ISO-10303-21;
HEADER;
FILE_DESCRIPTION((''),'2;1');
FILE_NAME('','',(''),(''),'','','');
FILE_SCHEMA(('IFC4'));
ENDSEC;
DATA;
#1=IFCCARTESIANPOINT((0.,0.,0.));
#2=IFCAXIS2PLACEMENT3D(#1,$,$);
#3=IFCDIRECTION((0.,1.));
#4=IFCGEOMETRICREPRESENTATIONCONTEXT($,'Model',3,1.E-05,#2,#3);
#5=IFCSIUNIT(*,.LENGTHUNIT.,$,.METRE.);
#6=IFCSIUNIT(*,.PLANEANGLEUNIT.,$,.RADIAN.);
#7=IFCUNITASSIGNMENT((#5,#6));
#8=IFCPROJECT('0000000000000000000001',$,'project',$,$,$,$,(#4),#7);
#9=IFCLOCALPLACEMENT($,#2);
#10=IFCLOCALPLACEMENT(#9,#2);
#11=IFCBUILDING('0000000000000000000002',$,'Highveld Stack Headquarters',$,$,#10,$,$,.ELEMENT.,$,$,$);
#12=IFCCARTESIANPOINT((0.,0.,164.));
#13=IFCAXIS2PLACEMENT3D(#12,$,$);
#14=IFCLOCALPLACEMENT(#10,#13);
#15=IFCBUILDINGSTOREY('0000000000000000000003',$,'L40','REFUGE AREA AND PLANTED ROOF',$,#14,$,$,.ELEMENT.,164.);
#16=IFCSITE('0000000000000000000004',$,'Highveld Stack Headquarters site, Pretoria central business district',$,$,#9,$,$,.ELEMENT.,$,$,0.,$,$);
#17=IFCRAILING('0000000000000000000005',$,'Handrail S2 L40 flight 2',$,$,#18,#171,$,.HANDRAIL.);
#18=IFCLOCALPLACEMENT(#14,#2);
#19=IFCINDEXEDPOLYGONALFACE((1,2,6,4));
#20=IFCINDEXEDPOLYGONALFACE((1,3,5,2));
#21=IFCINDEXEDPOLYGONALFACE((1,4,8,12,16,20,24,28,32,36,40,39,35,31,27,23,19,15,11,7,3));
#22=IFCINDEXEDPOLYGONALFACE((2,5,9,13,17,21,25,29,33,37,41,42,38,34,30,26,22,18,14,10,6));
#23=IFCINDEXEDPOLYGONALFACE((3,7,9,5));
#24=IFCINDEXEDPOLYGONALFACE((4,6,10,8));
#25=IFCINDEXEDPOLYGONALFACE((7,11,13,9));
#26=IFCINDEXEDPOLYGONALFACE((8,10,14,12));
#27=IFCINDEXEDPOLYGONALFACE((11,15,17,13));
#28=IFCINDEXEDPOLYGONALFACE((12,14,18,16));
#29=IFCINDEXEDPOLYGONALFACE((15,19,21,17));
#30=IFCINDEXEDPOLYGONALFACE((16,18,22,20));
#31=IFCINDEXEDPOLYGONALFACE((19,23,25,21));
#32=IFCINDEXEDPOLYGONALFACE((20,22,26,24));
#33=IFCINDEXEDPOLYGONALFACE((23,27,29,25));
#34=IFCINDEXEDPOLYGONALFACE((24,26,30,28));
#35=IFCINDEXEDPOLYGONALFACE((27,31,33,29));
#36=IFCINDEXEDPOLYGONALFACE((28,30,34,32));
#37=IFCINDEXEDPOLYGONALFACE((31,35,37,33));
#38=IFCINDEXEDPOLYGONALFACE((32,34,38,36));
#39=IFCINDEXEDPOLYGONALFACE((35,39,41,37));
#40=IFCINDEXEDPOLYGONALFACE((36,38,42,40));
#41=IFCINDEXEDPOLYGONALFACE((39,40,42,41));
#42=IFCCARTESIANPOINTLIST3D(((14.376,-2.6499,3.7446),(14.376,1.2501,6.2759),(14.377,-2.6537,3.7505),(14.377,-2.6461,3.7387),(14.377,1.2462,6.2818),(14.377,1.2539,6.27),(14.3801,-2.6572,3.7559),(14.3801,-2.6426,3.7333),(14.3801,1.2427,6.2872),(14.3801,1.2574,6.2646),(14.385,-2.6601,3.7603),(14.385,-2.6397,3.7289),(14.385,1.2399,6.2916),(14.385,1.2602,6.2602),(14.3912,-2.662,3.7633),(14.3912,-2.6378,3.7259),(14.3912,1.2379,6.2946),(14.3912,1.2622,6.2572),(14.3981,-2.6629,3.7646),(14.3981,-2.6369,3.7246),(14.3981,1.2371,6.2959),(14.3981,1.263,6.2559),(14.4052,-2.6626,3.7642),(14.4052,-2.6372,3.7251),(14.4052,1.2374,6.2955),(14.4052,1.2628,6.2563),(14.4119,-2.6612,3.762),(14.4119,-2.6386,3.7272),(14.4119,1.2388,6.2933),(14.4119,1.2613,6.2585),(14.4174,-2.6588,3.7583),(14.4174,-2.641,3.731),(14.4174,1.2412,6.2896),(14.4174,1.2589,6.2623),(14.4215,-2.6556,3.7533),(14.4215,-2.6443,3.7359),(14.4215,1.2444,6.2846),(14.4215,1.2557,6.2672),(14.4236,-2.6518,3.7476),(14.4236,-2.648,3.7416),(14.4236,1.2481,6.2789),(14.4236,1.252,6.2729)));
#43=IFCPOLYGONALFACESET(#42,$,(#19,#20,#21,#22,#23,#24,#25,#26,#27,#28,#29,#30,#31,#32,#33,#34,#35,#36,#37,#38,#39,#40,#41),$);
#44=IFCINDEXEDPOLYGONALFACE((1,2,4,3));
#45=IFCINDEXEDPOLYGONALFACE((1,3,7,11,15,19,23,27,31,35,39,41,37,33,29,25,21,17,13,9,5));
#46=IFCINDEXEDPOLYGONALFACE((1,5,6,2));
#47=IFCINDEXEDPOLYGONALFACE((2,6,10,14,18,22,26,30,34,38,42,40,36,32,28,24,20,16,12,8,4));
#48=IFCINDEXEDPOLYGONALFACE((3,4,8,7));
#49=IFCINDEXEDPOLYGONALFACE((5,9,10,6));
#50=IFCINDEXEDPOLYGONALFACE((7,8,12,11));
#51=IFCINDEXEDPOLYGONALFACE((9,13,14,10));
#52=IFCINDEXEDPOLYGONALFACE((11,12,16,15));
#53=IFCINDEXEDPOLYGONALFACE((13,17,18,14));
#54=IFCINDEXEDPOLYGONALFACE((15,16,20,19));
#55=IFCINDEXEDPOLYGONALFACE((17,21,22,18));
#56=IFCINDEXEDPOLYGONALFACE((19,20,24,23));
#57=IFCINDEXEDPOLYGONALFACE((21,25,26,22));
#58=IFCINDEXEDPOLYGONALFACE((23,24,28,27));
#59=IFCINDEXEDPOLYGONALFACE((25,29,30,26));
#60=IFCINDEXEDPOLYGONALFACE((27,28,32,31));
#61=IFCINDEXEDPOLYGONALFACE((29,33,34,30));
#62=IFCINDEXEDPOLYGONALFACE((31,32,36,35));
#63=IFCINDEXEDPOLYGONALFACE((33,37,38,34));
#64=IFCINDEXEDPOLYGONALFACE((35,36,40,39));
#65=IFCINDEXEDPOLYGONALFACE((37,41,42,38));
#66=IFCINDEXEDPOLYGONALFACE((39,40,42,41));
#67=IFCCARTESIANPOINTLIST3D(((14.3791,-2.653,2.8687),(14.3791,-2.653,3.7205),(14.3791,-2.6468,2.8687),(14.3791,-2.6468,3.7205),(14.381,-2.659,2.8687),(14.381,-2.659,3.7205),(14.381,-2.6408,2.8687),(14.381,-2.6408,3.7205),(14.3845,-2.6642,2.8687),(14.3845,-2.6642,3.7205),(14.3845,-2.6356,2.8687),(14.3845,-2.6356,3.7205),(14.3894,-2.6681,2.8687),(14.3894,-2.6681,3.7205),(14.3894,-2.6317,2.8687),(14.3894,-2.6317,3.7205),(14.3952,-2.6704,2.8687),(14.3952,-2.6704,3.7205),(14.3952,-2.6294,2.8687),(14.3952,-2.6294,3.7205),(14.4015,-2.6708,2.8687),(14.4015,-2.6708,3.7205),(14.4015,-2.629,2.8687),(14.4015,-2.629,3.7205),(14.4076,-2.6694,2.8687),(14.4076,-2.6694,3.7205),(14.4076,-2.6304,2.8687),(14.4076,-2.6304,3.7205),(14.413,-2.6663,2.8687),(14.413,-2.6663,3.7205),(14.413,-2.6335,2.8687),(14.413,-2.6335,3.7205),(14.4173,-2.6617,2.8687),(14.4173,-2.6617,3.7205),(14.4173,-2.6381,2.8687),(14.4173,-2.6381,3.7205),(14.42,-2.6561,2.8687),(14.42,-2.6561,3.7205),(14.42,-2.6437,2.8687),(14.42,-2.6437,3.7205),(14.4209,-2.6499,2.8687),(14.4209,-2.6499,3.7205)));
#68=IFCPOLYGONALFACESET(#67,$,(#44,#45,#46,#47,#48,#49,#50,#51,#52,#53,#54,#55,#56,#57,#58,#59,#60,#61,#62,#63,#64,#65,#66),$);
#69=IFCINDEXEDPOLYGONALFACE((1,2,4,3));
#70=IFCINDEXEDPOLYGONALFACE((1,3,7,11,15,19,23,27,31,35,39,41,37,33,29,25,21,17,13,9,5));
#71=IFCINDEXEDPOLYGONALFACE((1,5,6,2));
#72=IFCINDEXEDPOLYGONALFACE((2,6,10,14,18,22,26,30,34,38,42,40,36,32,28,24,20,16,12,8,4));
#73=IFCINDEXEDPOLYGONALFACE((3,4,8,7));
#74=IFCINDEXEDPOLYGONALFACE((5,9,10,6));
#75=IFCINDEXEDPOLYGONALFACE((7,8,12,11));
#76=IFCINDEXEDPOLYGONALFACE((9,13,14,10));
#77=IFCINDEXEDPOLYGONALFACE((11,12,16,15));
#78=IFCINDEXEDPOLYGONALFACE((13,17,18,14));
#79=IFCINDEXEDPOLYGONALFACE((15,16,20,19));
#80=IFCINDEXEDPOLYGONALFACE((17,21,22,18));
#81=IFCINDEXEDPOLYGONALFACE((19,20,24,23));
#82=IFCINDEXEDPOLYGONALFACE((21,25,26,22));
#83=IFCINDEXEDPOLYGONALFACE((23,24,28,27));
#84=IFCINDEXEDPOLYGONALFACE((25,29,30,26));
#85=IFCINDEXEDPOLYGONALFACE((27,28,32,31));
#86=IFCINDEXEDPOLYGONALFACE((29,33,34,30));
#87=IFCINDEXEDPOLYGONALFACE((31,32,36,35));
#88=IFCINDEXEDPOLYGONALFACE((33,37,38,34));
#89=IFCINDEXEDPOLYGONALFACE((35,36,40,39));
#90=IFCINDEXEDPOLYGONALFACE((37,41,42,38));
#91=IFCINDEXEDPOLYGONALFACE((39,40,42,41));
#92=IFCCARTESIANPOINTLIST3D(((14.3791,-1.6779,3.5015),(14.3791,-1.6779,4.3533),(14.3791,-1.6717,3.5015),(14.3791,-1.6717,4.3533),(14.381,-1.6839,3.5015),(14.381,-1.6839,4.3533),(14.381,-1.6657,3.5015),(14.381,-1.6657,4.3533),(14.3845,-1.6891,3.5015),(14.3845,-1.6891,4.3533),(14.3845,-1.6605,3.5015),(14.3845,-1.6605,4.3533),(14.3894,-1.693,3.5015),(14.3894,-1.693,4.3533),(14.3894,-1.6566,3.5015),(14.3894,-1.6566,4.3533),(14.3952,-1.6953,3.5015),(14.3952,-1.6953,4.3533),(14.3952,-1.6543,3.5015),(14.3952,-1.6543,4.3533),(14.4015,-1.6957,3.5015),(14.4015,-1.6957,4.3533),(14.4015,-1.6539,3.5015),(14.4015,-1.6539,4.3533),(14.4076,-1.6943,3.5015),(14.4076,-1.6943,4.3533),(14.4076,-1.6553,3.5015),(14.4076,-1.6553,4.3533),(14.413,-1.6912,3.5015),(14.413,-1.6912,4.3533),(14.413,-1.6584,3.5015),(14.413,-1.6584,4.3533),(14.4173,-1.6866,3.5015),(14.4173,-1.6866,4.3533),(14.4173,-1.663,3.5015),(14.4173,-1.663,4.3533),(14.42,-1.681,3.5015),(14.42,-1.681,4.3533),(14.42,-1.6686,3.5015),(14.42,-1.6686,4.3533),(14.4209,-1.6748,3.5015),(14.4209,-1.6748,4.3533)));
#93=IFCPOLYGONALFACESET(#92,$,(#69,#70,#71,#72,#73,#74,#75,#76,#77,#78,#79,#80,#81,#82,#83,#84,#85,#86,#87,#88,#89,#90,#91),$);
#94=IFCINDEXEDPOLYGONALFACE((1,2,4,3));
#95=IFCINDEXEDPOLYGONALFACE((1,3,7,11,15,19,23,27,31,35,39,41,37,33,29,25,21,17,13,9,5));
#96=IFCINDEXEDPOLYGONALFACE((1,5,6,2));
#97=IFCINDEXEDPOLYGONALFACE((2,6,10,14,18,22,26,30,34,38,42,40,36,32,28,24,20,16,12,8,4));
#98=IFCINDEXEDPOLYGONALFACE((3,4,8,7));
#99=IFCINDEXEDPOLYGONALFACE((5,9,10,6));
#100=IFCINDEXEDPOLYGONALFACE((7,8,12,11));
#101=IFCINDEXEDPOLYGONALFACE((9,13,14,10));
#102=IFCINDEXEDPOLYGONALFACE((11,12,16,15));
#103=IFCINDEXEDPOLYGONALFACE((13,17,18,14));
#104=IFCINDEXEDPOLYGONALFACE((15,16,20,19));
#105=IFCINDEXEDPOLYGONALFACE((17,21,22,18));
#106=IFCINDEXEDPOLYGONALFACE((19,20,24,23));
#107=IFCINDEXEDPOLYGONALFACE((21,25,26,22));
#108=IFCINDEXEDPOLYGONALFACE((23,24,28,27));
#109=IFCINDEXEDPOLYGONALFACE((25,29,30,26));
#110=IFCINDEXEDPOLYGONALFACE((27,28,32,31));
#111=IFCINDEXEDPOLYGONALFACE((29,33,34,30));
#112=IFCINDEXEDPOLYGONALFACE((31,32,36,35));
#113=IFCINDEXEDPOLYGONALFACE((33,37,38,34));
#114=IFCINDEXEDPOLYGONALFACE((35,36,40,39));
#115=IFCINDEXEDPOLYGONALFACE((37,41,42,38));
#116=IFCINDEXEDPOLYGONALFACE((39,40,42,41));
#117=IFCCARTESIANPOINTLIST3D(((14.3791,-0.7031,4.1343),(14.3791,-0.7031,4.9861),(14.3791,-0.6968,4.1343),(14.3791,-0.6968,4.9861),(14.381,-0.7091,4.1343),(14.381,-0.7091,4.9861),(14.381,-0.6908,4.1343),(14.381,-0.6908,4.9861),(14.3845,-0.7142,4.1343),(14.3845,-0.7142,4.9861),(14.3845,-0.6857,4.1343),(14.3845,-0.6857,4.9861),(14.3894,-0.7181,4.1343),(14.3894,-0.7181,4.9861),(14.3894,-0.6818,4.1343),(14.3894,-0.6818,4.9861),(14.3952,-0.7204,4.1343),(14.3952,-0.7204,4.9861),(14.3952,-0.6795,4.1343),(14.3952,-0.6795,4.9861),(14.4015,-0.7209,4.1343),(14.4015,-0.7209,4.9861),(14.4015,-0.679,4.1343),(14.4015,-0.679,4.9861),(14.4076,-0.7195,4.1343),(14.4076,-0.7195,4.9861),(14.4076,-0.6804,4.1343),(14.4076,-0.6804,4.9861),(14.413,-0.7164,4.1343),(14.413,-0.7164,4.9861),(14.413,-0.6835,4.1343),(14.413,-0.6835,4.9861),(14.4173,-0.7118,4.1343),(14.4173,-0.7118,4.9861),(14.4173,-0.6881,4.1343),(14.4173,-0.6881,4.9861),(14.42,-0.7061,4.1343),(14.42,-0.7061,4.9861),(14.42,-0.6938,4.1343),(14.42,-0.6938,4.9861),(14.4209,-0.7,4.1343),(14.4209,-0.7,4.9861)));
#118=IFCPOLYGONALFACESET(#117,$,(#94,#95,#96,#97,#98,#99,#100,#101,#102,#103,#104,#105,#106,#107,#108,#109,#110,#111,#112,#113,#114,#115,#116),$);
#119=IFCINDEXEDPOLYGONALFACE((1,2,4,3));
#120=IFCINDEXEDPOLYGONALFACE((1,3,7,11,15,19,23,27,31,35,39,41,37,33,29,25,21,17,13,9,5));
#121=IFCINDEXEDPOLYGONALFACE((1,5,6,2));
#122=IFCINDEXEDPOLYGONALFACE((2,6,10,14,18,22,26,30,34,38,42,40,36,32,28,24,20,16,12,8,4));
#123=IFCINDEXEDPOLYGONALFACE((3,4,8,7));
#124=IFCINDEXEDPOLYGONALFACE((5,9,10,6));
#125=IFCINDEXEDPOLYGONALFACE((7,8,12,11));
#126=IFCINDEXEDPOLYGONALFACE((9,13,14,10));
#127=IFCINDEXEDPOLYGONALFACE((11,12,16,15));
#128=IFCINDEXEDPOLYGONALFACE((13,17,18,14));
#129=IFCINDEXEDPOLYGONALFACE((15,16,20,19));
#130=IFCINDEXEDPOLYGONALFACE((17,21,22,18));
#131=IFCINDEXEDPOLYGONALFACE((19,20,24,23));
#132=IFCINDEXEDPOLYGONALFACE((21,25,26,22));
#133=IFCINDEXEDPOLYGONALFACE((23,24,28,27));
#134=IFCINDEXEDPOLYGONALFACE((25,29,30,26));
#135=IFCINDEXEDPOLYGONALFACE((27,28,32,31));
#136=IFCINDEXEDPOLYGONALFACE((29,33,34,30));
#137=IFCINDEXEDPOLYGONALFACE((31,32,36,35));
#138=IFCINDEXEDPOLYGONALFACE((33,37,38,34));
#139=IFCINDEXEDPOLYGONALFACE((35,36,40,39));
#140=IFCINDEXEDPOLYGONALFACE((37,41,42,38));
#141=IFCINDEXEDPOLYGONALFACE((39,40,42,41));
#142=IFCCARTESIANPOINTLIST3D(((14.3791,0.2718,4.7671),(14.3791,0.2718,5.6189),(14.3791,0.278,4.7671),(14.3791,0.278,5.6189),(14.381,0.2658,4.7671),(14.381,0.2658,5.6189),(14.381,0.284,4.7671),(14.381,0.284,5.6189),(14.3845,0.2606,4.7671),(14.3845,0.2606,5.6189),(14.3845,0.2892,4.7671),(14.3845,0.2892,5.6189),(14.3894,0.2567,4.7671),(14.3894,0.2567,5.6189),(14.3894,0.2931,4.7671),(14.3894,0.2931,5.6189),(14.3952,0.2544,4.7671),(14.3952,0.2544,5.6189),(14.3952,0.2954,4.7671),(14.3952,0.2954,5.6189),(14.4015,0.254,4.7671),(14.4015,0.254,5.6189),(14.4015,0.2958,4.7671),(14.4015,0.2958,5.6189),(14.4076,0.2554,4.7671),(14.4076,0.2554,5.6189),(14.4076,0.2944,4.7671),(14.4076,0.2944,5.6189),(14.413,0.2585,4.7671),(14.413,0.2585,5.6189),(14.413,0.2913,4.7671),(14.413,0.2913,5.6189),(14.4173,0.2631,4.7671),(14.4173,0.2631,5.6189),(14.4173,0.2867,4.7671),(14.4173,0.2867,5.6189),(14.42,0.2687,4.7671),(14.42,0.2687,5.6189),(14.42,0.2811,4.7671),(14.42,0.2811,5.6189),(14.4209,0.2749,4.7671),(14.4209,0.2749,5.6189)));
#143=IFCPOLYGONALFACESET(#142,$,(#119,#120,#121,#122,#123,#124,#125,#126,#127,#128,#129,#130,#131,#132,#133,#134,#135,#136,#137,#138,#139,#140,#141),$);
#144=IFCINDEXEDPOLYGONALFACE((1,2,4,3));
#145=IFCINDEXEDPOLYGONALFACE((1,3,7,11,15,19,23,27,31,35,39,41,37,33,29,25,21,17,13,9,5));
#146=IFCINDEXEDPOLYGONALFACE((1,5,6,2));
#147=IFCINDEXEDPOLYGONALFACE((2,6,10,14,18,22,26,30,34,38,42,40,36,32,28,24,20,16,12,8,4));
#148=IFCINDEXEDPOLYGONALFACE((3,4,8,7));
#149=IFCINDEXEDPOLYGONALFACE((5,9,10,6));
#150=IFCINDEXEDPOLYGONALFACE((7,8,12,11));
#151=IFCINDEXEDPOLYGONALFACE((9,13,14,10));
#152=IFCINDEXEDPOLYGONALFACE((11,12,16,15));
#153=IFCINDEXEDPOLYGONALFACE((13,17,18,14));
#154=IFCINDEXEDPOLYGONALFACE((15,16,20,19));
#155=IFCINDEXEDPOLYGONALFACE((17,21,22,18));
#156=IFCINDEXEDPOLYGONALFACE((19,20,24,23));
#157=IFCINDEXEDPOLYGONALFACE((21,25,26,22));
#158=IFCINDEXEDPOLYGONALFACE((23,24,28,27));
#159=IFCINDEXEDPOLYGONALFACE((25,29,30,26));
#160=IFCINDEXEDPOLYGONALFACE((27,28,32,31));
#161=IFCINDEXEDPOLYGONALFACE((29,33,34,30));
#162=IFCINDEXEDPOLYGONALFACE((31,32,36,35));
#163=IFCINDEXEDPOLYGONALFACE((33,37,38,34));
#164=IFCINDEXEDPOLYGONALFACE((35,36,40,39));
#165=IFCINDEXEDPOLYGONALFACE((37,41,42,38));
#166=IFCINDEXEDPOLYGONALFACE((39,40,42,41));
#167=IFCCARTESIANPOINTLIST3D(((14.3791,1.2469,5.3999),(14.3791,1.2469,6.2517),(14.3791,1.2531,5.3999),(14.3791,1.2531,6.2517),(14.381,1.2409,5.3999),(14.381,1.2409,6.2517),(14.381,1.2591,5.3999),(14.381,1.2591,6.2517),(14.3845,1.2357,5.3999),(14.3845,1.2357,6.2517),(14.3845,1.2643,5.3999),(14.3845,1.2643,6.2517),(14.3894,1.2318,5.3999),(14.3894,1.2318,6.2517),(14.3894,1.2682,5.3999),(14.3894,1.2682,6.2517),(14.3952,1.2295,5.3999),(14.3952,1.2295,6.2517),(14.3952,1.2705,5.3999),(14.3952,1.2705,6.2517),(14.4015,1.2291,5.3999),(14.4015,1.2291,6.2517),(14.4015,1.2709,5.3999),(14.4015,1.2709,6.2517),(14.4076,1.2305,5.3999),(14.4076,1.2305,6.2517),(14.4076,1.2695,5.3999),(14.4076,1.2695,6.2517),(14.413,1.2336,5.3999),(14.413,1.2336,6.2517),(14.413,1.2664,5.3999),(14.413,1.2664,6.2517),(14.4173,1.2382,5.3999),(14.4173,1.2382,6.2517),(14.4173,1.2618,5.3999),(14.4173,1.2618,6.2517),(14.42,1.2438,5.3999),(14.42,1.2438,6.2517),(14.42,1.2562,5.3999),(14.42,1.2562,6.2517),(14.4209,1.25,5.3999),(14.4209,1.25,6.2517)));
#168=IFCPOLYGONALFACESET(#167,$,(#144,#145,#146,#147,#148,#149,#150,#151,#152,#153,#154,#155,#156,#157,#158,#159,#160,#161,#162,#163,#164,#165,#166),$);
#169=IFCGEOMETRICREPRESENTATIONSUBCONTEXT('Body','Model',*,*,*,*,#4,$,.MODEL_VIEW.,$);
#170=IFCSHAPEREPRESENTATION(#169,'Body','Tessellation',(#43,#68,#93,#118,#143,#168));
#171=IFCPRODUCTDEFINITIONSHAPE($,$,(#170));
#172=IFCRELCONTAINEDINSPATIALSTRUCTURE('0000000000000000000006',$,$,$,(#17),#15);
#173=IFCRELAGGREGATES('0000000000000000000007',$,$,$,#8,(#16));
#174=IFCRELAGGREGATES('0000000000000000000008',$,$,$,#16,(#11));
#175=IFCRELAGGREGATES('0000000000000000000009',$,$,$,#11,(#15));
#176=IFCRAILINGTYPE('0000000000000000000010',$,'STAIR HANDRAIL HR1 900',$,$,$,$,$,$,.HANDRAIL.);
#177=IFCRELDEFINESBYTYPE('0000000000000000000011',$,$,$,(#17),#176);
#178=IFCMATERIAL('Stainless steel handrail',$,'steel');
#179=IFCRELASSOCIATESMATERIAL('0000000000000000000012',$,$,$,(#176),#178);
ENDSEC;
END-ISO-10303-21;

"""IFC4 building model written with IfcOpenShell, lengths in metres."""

from ifc_helpers import new_model, si_unit, direction, frame, origin, origin_2d, place, context, subcontext, project, spatial, circle, extrude, material, type_object, element, save


model = new_model("IFC4")

# Units and contexts
model_context = context("Model", 3, precision=1e-05, world=origin(), true_north=direction((0.0, 1.0)))
body_context = subcontext(model_context, "Body", "Model", "MODEL_VIEW")
ifc_project = project(units=[si_unit("LENGTHUNIT", "METRE"), si_unit("PLANEANGLEUNIT", "RADIAN")], contexts=[model_context])

# Site, building, storey
site_placement = place(None, origin())
site = spatial("IfcSite", under=ifc_project, at=site_placement, Name="Highveld Stack Headquarters site, Pretoria central business district", CompositionType="ELEMENT", RefElevation=0.0)
building_placement = place(site_placement, origin())
building = spatial("IfcBuilding", under=site, at=building_placement, Name="Highveld Stack Headquarters", CompositionType="ELEMENT")
storey_placement = place(building_placement, frame((0.0, 0.0, 164.0)))
storey = spatial("IfcBuildingStorey", under=building, at=storey_placement, Name="L40", Description="REFUGE AREA AND PLANTED ROOF", CompositionType="ELEMENT", Elevation=164.0)

# Railing
ifc_material_1 = material(Name="Stainless steel handrail", Category="steel")
railing_type = type_object("IfcRailingType", Name="STAIR HANDRAIL HR1 900", PredefinedType="HANDRAIL", material=ifc_material_1)
for number, where, name in (
    (1, (14.3999, -2.6499, 2.8687), "Handrail S2 L40 flight 2"),
):
    element("IfcRailing", number, at=place(storey_placement, frame(where)), inside=storey, type_object=railing_type, Name=name, PredefinedType="HANDRAIL", context=body_context, shape_type="SweptSolid", body=[
        extrude(circle(Radius=0.0239, at=origin_2d()), frame((0.0, 0.0, 0.876), z_axis=(0.0, 0.838806, 0.544431), x_axis=(-1.0, 0.0, 0.0)), (0.0, 0.0, 1.0), 4.6494),
        extrude(circle(Radius=0.021, at=origin_2d()), origin(), (0.0, 0.0, 1.0), 0.8518),
        extrude(circle(Radius=0.021, at=origin_2d()), frame((0.0, 0.9751, 0.6328)), (0.0, 0.0, 1.0), 0.8518),
        extrude(circle(Radius=0.021, at=origin_2d()), frame((0.0, 1.95, 1.2656)), (0.0, 0.0, 1.0), 0.8518),
        extrude(circle(Radius=0.021, at=origin_2d()), frame((0.0, 2.9248, 1.8984)), (0.0, 0.0, 1.0), 0.8518),
        extrude(circle(Radius=0.021, at=origin_2d()), frame((0.0, 3.8999, 2.5312)), (0.0, 0.0, 1.0), 0.8518),
    ])

save(model, "model.ifc")
